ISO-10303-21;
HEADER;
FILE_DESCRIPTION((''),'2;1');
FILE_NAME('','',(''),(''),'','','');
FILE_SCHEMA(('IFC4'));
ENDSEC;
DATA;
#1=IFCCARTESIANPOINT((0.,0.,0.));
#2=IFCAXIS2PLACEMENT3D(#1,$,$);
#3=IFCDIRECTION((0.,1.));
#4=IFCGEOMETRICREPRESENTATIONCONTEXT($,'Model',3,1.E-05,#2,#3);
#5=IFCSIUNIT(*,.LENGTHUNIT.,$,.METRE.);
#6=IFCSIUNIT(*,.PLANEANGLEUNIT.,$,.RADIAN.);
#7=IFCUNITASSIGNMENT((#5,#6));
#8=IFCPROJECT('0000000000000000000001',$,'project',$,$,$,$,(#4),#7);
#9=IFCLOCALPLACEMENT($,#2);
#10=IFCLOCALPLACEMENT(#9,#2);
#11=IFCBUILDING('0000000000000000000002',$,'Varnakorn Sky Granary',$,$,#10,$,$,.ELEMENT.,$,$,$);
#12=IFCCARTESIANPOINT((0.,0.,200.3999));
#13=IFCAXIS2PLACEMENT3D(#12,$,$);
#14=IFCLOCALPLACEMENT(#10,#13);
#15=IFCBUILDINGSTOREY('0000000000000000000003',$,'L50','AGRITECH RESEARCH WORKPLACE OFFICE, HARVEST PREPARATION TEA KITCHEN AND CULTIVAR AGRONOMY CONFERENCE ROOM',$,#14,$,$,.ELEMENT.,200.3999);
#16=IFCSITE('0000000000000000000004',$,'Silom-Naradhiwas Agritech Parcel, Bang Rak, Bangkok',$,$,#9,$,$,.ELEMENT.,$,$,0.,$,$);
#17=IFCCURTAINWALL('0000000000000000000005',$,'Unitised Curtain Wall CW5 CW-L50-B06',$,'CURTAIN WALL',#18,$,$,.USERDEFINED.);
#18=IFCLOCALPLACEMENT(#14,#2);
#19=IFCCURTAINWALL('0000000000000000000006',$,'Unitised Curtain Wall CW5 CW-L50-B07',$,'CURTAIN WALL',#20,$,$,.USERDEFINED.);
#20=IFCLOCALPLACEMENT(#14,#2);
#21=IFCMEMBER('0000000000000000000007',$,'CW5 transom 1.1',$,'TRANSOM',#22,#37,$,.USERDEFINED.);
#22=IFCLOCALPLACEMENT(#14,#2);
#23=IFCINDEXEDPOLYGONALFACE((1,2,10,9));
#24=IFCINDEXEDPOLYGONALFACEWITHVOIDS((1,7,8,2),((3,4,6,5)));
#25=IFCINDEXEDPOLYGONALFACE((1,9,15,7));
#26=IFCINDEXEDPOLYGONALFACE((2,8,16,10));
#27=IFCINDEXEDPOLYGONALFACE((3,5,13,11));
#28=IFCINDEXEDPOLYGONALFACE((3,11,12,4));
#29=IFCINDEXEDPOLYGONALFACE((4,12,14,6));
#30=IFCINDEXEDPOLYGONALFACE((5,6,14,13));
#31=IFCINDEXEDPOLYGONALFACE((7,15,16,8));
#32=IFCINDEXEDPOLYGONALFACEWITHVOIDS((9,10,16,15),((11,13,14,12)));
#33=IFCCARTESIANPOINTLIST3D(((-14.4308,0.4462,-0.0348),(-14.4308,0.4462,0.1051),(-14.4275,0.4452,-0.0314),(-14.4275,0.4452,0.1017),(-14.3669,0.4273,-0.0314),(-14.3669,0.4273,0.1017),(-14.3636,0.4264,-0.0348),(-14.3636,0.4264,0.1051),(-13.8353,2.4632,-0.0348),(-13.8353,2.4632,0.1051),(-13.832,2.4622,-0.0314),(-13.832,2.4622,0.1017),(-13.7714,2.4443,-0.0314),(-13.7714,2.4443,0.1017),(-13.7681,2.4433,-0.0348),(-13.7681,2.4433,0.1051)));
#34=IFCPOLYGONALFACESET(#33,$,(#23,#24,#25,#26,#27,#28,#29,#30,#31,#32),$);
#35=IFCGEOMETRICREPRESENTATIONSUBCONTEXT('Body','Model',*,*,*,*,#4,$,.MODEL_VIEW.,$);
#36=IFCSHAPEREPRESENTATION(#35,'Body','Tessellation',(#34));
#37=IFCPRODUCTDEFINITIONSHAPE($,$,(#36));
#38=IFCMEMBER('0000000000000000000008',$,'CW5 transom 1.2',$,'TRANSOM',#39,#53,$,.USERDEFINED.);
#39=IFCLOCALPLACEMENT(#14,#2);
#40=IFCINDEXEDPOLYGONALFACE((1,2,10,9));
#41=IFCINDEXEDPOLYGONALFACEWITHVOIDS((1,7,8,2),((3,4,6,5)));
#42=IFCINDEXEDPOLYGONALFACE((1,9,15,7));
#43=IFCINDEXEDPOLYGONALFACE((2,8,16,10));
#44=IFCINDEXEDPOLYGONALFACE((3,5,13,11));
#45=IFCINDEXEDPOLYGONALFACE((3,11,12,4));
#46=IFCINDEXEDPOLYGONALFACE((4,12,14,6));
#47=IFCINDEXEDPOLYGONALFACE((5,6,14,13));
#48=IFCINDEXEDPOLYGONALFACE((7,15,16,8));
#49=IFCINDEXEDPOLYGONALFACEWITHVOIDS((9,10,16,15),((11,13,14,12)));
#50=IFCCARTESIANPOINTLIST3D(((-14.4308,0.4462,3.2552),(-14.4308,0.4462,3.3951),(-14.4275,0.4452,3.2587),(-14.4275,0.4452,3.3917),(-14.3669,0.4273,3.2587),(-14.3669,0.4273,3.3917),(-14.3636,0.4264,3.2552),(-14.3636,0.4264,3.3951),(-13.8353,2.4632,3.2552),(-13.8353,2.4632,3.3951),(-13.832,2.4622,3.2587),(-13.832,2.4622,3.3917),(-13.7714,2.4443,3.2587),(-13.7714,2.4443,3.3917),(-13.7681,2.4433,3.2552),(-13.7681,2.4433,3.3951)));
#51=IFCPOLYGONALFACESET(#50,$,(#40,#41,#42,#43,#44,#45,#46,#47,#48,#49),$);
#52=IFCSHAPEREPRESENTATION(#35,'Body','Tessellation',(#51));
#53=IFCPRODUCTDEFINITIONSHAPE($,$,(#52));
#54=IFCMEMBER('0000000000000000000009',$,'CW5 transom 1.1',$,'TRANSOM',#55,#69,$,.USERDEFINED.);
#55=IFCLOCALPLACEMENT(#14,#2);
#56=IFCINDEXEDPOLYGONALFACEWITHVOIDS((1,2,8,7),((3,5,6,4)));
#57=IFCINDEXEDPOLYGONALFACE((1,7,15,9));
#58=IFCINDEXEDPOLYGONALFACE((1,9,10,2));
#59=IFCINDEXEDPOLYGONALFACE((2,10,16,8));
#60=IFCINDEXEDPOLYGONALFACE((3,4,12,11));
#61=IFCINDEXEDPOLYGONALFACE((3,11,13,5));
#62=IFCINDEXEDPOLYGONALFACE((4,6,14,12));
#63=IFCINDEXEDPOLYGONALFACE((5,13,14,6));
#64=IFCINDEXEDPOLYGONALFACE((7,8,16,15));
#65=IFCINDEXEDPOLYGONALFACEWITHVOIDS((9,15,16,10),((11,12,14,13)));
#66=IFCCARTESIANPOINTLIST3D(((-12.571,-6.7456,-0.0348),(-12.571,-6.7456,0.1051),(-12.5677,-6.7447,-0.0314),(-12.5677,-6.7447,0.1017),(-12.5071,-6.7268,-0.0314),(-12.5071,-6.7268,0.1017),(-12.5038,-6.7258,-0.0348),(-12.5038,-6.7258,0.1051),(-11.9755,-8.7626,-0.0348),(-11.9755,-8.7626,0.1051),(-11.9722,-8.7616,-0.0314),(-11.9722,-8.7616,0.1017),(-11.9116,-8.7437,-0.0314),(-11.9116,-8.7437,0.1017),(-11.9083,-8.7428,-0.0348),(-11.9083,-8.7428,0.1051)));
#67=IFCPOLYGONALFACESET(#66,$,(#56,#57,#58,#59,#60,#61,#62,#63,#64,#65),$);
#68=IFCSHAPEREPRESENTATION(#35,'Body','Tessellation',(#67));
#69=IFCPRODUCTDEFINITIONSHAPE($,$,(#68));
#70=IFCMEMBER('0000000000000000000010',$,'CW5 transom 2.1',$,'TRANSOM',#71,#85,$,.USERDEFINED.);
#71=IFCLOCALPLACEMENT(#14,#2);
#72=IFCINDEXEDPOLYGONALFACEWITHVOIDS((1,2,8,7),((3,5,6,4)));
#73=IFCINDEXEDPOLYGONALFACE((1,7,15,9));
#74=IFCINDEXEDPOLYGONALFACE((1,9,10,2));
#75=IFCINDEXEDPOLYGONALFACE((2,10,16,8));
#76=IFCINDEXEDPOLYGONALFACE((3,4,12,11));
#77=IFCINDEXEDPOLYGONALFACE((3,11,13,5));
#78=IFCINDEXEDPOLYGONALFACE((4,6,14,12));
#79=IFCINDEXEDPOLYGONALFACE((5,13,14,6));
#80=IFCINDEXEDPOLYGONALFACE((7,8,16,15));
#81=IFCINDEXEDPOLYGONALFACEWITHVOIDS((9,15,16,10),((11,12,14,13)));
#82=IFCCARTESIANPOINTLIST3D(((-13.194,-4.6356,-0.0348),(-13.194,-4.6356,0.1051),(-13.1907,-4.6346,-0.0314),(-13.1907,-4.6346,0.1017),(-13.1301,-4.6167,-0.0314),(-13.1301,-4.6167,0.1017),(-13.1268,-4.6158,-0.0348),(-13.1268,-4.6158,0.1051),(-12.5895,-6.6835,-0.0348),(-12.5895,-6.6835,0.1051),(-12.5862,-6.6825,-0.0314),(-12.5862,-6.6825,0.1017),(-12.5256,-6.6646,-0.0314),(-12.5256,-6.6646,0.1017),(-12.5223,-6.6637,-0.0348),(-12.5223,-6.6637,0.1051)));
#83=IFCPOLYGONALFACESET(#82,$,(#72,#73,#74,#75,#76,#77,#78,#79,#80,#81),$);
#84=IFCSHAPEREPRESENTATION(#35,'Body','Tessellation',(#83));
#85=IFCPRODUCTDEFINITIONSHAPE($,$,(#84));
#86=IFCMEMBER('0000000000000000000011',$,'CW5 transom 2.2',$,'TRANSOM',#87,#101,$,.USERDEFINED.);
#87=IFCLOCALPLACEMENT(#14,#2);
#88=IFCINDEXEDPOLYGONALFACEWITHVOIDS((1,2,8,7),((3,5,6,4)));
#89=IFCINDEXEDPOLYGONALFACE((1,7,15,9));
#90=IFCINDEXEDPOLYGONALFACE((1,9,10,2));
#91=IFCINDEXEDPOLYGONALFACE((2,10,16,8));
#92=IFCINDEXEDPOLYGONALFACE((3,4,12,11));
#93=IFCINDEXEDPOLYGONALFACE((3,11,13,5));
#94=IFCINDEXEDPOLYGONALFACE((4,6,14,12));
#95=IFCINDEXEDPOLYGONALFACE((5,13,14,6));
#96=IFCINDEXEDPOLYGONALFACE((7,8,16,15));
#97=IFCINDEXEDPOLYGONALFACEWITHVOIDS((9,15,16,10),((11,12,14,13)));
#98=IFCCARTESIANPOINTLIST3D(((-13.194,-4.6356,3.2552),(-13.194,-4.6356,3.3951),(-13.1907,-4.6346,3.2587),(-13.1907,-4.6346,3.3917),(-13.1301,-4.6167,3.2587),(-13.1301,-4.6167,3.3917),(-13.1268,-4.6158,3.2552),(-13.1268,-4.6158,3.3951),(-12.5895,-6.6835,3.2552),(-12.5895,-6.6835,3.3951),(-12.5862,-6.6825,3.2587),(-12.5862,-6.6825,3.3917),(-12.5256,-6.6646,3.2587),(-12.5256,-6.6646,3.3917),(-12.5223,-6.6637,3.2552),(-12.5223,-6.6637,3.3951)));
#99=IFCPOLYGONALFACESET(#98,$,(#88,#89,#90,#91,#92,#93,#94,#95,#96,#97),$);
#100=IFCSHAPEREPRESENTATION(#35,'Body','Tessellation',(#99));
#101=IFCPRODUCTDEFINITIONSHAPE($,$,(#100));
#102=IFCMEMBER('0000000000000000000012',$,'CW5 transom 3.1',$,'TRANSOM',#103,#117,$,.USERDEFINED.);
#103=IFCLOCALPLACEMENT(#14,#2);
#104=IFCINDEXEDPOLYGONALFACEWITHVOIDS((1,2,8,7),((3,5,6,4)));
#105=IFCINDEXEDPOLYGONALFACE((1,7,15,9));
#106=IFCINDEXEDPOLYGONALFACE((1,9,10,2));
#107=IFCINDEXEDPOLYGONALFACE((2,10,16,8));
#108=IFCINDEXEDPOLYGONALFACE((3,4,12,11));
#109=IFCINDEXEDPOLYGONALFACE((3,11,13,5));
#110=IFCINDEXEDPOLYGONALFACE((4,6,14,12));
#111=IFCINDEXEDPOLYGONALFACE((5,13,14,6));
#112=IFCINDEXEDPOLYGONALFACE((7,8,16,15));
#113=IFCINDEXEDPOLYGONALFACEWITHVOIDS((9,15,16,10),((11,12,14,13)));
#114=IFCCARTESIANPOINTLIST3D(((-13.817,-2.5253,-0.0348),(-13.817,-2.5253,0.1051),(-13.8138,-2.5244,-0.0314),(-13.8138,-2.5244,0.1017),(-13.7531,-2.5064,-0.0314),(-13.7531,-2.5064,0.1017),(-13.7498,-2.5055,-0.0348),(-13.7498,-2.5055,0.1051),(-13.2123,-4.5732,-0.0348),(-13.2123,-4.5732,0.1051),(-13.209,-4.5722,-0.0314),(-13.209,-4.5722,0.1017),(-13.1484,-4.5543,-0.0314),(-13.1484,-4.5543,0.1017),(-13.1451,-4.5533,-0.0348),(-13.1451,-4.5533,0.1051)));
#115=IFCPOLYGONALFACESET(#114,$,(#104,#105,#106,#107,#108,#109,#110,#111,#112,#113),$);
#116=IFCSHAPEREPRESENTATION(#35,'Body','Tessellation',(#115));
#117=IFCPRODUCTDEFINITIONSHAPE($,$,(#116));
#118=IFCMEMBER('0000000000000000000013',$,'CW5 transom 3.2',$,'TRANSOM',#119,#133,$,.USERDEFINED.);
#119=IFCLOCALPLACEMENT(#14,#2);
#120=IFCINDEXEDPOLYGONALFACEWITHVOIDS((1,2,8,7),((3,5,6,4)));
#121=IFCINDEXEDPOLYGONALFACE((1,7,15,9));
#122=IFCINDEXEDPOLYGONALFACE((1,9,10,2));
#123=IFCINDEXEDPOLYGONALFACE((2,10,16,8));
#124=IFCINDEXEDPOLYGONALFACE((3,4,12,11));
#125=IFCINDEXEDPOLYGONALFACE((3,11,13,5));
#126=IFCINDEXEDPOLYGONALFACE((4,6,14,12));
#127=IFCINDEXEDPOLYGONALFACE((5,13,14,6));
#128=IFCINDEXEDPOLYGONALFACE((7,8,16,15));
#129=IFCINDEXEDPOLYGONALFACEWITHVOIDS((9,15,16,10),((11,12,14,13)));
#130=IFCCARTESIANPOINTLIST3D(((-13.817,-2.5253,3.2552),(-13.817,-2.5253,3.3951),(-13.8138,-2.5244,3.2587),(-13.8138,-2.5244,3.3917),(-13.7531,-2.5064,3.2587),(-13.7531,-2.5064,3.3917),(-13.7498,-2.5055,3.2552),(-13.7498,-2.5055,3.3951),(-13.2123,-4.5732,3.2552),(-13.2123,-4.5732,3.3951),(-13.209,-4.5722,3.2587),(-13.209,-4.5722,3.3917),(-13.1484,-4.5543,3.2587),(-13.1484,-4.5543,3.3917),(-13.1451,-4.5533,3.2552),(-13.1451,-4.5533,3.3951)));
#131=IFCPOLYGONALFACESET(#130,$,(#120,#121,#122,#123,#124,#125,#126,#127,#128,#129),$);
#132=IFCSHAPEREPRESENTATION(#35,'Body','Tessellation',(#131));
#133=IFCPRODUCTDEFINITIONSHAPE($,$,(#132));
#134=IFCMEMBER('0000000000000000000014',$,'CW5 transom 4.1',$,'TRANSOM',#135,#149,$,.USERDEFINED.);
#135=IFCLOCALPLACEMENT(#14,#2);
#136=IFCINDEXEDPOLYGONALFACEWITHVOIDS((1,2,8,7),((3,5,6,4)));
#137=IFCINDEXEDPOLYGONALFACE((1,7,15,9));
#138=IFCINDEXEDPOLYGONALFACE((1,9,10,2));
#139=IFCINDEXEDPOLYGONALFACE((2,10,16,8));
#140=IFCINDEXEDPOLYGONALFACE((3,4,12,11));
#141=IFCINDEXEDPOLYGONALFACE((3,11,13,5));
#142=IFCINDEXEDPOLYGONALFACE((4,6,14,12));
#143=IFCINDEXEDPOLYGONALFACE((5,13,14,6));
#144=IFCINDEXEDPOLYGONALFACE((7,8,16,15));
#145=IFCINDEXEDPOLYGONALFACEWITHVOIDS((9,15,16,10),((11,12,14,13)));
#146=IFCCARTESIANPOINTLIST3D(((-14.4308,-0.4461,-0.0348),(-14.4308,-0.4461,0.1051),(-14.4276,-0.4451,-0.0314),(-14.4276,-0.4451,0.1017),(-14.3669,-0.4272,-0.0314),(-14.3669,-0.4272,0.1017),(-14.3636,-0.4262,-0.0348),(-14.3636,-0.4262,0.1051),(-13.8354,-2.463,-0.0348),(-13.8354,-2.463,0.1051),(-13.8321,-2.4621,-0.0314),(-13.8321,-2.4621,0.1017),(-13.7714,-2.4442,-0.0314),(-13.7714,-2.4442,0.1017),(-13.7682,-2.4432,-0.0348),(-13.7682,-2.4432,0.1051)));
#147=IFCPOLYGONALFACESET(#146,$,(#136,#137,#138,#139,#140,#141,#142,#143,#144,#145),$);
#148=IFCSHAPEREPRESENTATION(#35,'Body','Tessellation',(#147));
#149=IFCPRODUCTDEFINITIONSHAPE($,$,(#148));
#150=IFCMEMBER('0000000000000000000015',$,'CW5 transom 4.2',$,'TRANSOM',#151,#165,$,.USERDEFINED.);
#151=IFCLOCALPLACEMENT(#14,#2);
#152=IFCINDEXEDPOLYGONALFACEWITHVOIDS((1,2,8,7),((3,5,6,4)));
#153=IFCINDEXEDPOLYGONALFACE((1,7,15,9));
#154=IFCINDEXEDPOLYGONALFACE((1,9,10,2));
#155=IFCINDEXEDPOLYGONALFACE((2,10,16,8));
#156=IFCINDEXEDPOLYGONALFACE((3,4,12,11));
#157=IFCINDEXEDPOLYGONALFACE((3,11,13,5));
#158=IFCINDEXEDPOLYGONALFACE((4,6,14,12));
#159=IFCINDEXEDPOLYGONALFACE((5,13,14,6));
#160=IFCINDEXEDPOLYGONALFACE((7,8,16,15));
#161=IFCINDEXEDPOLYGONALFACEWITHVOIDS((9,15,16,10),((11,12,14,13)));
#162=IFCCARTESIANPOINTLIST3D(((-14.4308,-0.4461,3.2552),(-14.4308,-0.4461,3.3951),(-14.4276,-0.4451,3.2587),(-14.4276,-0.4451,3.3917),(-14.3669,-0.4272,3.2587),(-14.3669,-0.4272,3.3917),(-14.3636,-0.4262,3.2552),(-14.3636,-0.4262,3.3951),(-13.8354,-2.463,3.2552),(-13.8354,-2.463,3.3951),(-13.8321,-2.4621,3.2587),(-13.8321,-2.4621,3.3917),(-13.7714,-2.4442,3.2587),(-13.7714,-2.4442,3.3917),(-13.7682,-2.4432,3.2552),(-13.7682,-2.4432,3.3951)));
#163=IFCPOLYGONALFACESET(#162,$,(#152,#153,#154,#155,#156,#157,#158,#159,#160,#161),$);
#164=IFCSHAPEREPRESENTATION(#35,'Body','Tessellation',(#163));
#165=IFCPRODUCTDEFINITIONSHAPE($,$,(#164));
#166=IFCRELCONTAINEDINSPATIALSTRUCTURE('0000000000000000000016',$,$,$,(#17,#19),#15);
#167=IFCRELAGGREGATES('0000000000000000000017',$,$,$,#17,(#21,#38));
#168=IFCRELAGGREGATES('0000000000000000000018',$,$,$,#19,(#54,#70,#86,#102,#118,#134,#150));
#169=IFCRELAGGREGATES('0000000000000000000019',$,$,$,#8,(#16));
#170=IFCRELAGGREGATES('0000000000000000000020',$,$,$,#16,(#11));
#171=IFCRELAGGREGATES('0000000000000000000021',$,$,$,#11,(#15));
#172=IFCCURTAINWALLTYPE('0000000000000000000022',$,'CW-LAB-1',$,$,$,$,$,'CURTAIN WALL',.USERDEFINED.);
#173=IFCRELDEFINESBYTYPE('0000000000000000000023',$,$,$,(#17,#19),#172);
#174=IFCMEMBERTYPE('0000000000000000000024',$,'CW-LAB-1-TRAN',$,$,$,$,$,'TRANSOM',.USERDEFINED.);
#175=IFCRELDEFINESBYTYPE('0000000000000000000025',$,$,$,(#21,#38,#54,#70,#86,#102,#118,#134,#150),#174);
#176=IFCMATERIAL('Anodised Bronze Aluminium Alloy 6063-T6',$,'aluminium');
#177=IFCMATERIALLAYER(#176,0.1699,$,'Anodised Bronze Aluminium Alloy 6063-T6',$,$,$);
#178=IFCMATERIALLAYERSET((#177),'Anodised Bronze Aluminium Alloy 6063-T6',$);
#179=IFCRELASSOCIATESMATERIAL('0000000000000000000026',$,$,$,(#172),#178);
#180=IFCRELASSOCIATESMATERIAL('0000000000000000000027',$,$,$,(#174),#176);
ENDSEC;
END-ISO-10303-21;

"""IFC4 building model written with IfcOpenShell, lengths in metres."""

from ifc_helpers import new_model, si_unit, direction, frame, origin, origin_2d, place, context, subcontext, project, spatial, hollow_rectangle, extrude, material, layer, layer_set, material_profile, profile_set, type_object, element, aggregate, save


model = new_model("IFC4")

# Units and contexts
model_context = context("Model", 3, precision=1e-05, world=origin(), true_north=direction((0.0, 1.0)))
body_context = subcontext(model_context, "Body", "Model", "MODEL_VIEW")
ifc_project = project(units=[si_unit("LENGTHUNIT", "METRE"), si_unit("PLANEANGLEUNIT", "RADIAN")], contexts=[model_context])

# Site, building, storey
site_placement = place(None, origin())
site = spatial("IfcSite", under=ifc_project, at=site_placement, Name="Silom-Naradhiwas Agritech Parcel, Bang Rak, Bangkok", CompositionType="ELEMENT", RefElevation=0.0)
building_placement = place(site_placement, origin())
building = spatial("IfcBuilding", under=site, at=building_placement, Name="Varnakorn Sky Granary", CompositionType="ELEMENT")
storey_placement = place(building_placement, frame((0.0, 0.0, 200.3999)))
storey = spatial("IfcBuildingStorey", under=building, at=storey_placement, Name="L50", Description="AGRITECH RESEARCH WORKPLACE OFFICE, HARVEST PREPARATION TEA KITCHEN AND CULTIVAR AGRONOMY CONFERENCE ROOM", CompositionType="ELEMENT", Elevation=200.3999)

# Curtain wall
ifc_material_1 = material(Name="Anodised Bronze Aluminium Alloy 6063-T6", Category="aluminium")
ifc_layer_1 = layer(ifc_material_1, 0.1699, Name="Anodised Bronze Aluminium Alloy 6063-T6")
ifc_layer_set_1 = layer_set([ifc_layer_1], Name="Anodised Bronze Aluminium Alloy 6063-T6")
curtain_wall_type = type_object("IfcCurtainWallType", Name="CW-LAB-1", ElementType="CURTAIN WALL", PredefinedType="USERDEFINED", material=ifc_layer_set_1)
curtain_wall_1_placement = place(storey_placement, origin())
curtain_wall_1 = element("IfcCurtainWall", 1, at=curtain_wall_1_placement, inside=storey, type_object=curtain_wall_type, Name="Unitised Curtain Wall CW5 CW-L50-B06", ObjectType="CURTAIN WALL", PredefinedType="USERDEFINED")

# Curtain wall
curtain_wall_2_placement = place(storey_placement, origin())
curtain_wall_2 = element("IfcCurtainWall", 2, at=curtain_wall_2_placement, inside=storey, type_object=curtain_wall_type, Name="Unitised Curtain Wall CW5 CW-L50-B07", ObjectType="CURTAIN WALL", PredefinedType="USERDEFINED")

# Members
ifc_material_profile_1 = material_profile(ifc_material_1, hollow_rectangle(XDim=0.0701, YDim=0.1399, WallThickness=0.0034, at=origin_2d()), Name="ALU TRAN 70x140")
ifc_profile_set_1 = profile_set([ifc_material_profile_1], Name="Anodised Bronze Aluminium Alloy 6063-T6")
member_type_1 = type_object("IfcMemberType", Name="CW-LAB-1-TRAN", ElementType="TRANSOM", PredefinedType="USERDEFINED", material=ifc_profile_set_1)
member_1_placement = place(storey_placement, frame((-14.3972, 0.4363, 0.0352), z_axis=(0.283159, 0.959073, 0.0), x_axis=(-0.959073, 0.283159, 0.0)))
member_1 = element("IfcMember", 3, at=member_1_placement, type_object=member_type_1, Name="CW5 transom 1.1", ObjectType="TRANSOM", PredefinedType="USERDEFINED", context=body_context, shape_type="SweptSolid", body=[
    extrude(hollow_rectangle(XDim=0.0701, YDim=0.1399, WallThickness=0.0034, at=origin_2d()), origin(), (0.0, 0.0, 1.0), 2.103),
])
member_2_placement = place(storey_placement, frame((-14.3972, 0.4363, 3.3252), z_axis=(0.283159, 0.959073, 0.0), x_axis=(-0.959073, 0.283159, 0.0)))
member_2 = element("IfcMember", 4, at=member_2_placement, type_object=member_type_1, Name="CW5 transom 1.2", ObjectType="TRANSOM", PredefinedType="USERDEFINED", context=body_context, shape_type="SweptSolid", body=[
    extrude(hollow_rectangle(XDim=0.0701, YDim=0.1399, WallThickness=0.0034, at=origin_2d()), origin(), (0.0, 0.0, 1.0), 2.103),
])
aggregate(curtain_wall_1, [member_1, member_2])
member_3_placement = place(storey_placement, frame((-11.9419, -8.7527, 0.0352), z_axis=(-0.283159, 0.959073, 0.0), x_axis=(-0.959073, -0.283159, 0.0)))
member_3 = element("IfcMember", 5, at=member_3_placement, type_object=member_type_1, Name="CW5 transom 1.1", ObjectType="TRANSOM", PredefinedType="USERDEFINED", context=body_context, shape_type="SweptSolid", body=[
    extrude(hollow_rectangle(XDim=0.0701, YDim=0.1399, WallThickness=0.0034, at=origin_2d()), origin(), (0.0, 0.0, 1.0), 2.103),
])
member_4_placement = place(storey_placement, frame((-12.5559, -6.6736, 0.0352), z_axis=(-0.283107, 0.959088, 0.0), x_axis=(-0.959088, -0.283107, 0.0)))
member_4 = element("IfcMember", 6, at=member_4_placement, type_object=member_type_1, Name="CW5 transom 2.1", ObjectType="TRANSOM", PredefinedType="USERDEFINED", context=body_context, shape_type="SweptSolid", body=[
    extrude(hollow_rectangle(XDim=0.0701, YDim=0.1399, WallThickness=0.0034, at=origin_2d()), origin(), (0.0, 0.0, 1.0), 2.1353),
])
member_5_placement = place(storey_placement, frame((-12.5559, -6.6736, 3.3252), z_axis=(-0.283107, 0.959088, 0.0), x_axis=(-0.959088, -0.283107, 0.0)))
member_5 = element("IfcMember", 7, at=member_5_placement, type_object=member_type_1, Name="CW5 transom 2.2", ObjectType="TRANSOM", PredefinedType="USERDEFINED", context=body_context, shape_type="SweptSolid", body=[
    extrude(hollow_rectangle(XDim=0.0701, YDim=0.1399, WallThickness=0.0034, at=origin_2d()), origin(), (0.0, 0.0, 1.0), 2.1353),
])
member_6_placement = place(storey_placement, frame((-13.1787, -4.5632, 0.0352), z_axis=(-0.283212, 0.959057, 0.0), x_axis=(-0.959057, -0.283212, 0.0)))
member_6 = element("IfcMember", 8, at=member_6_placement, type_object=member_type_1, Name="CW5 transom 3.1", ObjectType="TRANSOM", PredefinedType="USERDEFINED", context=body_context, shape_type="SweptSolid", body=[
    extrude(hollow_rectangle(XDim=0.0701, YDim=0.1399, WallThickness=0.0034, at=origin_2d()), origin(), (0.0, 0.0, 1.0), 2.1353),
])
member_7_placement = place(storey_placement, frame((-13.1787, -4.5632, 3.3252), z_axis=(-0.283212, 0.959057, 0.0), x_axis=(-0.959057, -0.283212, 0.0)))
member_7 = element("IfcMember", 9, at=member_7_placement, type_object=member_type_1, Name="CW5 transom 3.2", ObjectType="TRANSOM", PredefinedType="USERDEFINED", context=body_context, shape_type="SweptSolid", body=[
    extrude(hollow_rectangle(XDim=0.0701, YDim=0.1399, WallThickness=0.0034, at=origin_2d()), origin(), (0.0, 0.0, 1.0), 2.1353),
])
member_8_placement = place(storey_placement, frame((-13.8018, -2.4531, 0.0352), z_axis=(-0.283159, 0.959073, 0.0), x_axis=(-0.959073, -0.283159, 0.0)))
member_8 = element("IfcMember", 10, at=member_8_placement, type_object=member_type_1, Name="CW5 transom 4.1", ObjectType="TRANSOM", PredefinedType="USERDEFINED", context=body_context, shape_type="SweptSolid", body=[
    extrude(hollow_rectangle(XDim=0.0701, YDim=0.1399, WallThickness=0.0034, at=origin_2d()), origin(), (0.0, 0.0, 1.0), 2.103),
])
member_9_placement = place(storey_placement, frame((-13.8018, -2.4531, 3.3252), z_axis=(-0.283159, 0.959073, 0.0), x_axis=(-0.959073, -0.283159, 0.0)))
member_9 = element("IfcMember", 11, at=member_9_placement, type_object=member_type_1, Name="CW5 transom 4.2", ObjectType="TRANSOM", PredefinedType="USERDEFINED", context=body_context, shape_type="SweptSolid", body=[
    extrude(hollow_rectangle(XDim=0.0701, YDim=0.1399, WallThickness=0.0034, at=origin_2d()), origin(), (0.0, 0.0, 1.0), 2.103),
])

aggregate(curtain_wall_2, [member_3, member_4, member_5, member_6, member_7, member_8, member_9])

save(model, "model.ifc")
